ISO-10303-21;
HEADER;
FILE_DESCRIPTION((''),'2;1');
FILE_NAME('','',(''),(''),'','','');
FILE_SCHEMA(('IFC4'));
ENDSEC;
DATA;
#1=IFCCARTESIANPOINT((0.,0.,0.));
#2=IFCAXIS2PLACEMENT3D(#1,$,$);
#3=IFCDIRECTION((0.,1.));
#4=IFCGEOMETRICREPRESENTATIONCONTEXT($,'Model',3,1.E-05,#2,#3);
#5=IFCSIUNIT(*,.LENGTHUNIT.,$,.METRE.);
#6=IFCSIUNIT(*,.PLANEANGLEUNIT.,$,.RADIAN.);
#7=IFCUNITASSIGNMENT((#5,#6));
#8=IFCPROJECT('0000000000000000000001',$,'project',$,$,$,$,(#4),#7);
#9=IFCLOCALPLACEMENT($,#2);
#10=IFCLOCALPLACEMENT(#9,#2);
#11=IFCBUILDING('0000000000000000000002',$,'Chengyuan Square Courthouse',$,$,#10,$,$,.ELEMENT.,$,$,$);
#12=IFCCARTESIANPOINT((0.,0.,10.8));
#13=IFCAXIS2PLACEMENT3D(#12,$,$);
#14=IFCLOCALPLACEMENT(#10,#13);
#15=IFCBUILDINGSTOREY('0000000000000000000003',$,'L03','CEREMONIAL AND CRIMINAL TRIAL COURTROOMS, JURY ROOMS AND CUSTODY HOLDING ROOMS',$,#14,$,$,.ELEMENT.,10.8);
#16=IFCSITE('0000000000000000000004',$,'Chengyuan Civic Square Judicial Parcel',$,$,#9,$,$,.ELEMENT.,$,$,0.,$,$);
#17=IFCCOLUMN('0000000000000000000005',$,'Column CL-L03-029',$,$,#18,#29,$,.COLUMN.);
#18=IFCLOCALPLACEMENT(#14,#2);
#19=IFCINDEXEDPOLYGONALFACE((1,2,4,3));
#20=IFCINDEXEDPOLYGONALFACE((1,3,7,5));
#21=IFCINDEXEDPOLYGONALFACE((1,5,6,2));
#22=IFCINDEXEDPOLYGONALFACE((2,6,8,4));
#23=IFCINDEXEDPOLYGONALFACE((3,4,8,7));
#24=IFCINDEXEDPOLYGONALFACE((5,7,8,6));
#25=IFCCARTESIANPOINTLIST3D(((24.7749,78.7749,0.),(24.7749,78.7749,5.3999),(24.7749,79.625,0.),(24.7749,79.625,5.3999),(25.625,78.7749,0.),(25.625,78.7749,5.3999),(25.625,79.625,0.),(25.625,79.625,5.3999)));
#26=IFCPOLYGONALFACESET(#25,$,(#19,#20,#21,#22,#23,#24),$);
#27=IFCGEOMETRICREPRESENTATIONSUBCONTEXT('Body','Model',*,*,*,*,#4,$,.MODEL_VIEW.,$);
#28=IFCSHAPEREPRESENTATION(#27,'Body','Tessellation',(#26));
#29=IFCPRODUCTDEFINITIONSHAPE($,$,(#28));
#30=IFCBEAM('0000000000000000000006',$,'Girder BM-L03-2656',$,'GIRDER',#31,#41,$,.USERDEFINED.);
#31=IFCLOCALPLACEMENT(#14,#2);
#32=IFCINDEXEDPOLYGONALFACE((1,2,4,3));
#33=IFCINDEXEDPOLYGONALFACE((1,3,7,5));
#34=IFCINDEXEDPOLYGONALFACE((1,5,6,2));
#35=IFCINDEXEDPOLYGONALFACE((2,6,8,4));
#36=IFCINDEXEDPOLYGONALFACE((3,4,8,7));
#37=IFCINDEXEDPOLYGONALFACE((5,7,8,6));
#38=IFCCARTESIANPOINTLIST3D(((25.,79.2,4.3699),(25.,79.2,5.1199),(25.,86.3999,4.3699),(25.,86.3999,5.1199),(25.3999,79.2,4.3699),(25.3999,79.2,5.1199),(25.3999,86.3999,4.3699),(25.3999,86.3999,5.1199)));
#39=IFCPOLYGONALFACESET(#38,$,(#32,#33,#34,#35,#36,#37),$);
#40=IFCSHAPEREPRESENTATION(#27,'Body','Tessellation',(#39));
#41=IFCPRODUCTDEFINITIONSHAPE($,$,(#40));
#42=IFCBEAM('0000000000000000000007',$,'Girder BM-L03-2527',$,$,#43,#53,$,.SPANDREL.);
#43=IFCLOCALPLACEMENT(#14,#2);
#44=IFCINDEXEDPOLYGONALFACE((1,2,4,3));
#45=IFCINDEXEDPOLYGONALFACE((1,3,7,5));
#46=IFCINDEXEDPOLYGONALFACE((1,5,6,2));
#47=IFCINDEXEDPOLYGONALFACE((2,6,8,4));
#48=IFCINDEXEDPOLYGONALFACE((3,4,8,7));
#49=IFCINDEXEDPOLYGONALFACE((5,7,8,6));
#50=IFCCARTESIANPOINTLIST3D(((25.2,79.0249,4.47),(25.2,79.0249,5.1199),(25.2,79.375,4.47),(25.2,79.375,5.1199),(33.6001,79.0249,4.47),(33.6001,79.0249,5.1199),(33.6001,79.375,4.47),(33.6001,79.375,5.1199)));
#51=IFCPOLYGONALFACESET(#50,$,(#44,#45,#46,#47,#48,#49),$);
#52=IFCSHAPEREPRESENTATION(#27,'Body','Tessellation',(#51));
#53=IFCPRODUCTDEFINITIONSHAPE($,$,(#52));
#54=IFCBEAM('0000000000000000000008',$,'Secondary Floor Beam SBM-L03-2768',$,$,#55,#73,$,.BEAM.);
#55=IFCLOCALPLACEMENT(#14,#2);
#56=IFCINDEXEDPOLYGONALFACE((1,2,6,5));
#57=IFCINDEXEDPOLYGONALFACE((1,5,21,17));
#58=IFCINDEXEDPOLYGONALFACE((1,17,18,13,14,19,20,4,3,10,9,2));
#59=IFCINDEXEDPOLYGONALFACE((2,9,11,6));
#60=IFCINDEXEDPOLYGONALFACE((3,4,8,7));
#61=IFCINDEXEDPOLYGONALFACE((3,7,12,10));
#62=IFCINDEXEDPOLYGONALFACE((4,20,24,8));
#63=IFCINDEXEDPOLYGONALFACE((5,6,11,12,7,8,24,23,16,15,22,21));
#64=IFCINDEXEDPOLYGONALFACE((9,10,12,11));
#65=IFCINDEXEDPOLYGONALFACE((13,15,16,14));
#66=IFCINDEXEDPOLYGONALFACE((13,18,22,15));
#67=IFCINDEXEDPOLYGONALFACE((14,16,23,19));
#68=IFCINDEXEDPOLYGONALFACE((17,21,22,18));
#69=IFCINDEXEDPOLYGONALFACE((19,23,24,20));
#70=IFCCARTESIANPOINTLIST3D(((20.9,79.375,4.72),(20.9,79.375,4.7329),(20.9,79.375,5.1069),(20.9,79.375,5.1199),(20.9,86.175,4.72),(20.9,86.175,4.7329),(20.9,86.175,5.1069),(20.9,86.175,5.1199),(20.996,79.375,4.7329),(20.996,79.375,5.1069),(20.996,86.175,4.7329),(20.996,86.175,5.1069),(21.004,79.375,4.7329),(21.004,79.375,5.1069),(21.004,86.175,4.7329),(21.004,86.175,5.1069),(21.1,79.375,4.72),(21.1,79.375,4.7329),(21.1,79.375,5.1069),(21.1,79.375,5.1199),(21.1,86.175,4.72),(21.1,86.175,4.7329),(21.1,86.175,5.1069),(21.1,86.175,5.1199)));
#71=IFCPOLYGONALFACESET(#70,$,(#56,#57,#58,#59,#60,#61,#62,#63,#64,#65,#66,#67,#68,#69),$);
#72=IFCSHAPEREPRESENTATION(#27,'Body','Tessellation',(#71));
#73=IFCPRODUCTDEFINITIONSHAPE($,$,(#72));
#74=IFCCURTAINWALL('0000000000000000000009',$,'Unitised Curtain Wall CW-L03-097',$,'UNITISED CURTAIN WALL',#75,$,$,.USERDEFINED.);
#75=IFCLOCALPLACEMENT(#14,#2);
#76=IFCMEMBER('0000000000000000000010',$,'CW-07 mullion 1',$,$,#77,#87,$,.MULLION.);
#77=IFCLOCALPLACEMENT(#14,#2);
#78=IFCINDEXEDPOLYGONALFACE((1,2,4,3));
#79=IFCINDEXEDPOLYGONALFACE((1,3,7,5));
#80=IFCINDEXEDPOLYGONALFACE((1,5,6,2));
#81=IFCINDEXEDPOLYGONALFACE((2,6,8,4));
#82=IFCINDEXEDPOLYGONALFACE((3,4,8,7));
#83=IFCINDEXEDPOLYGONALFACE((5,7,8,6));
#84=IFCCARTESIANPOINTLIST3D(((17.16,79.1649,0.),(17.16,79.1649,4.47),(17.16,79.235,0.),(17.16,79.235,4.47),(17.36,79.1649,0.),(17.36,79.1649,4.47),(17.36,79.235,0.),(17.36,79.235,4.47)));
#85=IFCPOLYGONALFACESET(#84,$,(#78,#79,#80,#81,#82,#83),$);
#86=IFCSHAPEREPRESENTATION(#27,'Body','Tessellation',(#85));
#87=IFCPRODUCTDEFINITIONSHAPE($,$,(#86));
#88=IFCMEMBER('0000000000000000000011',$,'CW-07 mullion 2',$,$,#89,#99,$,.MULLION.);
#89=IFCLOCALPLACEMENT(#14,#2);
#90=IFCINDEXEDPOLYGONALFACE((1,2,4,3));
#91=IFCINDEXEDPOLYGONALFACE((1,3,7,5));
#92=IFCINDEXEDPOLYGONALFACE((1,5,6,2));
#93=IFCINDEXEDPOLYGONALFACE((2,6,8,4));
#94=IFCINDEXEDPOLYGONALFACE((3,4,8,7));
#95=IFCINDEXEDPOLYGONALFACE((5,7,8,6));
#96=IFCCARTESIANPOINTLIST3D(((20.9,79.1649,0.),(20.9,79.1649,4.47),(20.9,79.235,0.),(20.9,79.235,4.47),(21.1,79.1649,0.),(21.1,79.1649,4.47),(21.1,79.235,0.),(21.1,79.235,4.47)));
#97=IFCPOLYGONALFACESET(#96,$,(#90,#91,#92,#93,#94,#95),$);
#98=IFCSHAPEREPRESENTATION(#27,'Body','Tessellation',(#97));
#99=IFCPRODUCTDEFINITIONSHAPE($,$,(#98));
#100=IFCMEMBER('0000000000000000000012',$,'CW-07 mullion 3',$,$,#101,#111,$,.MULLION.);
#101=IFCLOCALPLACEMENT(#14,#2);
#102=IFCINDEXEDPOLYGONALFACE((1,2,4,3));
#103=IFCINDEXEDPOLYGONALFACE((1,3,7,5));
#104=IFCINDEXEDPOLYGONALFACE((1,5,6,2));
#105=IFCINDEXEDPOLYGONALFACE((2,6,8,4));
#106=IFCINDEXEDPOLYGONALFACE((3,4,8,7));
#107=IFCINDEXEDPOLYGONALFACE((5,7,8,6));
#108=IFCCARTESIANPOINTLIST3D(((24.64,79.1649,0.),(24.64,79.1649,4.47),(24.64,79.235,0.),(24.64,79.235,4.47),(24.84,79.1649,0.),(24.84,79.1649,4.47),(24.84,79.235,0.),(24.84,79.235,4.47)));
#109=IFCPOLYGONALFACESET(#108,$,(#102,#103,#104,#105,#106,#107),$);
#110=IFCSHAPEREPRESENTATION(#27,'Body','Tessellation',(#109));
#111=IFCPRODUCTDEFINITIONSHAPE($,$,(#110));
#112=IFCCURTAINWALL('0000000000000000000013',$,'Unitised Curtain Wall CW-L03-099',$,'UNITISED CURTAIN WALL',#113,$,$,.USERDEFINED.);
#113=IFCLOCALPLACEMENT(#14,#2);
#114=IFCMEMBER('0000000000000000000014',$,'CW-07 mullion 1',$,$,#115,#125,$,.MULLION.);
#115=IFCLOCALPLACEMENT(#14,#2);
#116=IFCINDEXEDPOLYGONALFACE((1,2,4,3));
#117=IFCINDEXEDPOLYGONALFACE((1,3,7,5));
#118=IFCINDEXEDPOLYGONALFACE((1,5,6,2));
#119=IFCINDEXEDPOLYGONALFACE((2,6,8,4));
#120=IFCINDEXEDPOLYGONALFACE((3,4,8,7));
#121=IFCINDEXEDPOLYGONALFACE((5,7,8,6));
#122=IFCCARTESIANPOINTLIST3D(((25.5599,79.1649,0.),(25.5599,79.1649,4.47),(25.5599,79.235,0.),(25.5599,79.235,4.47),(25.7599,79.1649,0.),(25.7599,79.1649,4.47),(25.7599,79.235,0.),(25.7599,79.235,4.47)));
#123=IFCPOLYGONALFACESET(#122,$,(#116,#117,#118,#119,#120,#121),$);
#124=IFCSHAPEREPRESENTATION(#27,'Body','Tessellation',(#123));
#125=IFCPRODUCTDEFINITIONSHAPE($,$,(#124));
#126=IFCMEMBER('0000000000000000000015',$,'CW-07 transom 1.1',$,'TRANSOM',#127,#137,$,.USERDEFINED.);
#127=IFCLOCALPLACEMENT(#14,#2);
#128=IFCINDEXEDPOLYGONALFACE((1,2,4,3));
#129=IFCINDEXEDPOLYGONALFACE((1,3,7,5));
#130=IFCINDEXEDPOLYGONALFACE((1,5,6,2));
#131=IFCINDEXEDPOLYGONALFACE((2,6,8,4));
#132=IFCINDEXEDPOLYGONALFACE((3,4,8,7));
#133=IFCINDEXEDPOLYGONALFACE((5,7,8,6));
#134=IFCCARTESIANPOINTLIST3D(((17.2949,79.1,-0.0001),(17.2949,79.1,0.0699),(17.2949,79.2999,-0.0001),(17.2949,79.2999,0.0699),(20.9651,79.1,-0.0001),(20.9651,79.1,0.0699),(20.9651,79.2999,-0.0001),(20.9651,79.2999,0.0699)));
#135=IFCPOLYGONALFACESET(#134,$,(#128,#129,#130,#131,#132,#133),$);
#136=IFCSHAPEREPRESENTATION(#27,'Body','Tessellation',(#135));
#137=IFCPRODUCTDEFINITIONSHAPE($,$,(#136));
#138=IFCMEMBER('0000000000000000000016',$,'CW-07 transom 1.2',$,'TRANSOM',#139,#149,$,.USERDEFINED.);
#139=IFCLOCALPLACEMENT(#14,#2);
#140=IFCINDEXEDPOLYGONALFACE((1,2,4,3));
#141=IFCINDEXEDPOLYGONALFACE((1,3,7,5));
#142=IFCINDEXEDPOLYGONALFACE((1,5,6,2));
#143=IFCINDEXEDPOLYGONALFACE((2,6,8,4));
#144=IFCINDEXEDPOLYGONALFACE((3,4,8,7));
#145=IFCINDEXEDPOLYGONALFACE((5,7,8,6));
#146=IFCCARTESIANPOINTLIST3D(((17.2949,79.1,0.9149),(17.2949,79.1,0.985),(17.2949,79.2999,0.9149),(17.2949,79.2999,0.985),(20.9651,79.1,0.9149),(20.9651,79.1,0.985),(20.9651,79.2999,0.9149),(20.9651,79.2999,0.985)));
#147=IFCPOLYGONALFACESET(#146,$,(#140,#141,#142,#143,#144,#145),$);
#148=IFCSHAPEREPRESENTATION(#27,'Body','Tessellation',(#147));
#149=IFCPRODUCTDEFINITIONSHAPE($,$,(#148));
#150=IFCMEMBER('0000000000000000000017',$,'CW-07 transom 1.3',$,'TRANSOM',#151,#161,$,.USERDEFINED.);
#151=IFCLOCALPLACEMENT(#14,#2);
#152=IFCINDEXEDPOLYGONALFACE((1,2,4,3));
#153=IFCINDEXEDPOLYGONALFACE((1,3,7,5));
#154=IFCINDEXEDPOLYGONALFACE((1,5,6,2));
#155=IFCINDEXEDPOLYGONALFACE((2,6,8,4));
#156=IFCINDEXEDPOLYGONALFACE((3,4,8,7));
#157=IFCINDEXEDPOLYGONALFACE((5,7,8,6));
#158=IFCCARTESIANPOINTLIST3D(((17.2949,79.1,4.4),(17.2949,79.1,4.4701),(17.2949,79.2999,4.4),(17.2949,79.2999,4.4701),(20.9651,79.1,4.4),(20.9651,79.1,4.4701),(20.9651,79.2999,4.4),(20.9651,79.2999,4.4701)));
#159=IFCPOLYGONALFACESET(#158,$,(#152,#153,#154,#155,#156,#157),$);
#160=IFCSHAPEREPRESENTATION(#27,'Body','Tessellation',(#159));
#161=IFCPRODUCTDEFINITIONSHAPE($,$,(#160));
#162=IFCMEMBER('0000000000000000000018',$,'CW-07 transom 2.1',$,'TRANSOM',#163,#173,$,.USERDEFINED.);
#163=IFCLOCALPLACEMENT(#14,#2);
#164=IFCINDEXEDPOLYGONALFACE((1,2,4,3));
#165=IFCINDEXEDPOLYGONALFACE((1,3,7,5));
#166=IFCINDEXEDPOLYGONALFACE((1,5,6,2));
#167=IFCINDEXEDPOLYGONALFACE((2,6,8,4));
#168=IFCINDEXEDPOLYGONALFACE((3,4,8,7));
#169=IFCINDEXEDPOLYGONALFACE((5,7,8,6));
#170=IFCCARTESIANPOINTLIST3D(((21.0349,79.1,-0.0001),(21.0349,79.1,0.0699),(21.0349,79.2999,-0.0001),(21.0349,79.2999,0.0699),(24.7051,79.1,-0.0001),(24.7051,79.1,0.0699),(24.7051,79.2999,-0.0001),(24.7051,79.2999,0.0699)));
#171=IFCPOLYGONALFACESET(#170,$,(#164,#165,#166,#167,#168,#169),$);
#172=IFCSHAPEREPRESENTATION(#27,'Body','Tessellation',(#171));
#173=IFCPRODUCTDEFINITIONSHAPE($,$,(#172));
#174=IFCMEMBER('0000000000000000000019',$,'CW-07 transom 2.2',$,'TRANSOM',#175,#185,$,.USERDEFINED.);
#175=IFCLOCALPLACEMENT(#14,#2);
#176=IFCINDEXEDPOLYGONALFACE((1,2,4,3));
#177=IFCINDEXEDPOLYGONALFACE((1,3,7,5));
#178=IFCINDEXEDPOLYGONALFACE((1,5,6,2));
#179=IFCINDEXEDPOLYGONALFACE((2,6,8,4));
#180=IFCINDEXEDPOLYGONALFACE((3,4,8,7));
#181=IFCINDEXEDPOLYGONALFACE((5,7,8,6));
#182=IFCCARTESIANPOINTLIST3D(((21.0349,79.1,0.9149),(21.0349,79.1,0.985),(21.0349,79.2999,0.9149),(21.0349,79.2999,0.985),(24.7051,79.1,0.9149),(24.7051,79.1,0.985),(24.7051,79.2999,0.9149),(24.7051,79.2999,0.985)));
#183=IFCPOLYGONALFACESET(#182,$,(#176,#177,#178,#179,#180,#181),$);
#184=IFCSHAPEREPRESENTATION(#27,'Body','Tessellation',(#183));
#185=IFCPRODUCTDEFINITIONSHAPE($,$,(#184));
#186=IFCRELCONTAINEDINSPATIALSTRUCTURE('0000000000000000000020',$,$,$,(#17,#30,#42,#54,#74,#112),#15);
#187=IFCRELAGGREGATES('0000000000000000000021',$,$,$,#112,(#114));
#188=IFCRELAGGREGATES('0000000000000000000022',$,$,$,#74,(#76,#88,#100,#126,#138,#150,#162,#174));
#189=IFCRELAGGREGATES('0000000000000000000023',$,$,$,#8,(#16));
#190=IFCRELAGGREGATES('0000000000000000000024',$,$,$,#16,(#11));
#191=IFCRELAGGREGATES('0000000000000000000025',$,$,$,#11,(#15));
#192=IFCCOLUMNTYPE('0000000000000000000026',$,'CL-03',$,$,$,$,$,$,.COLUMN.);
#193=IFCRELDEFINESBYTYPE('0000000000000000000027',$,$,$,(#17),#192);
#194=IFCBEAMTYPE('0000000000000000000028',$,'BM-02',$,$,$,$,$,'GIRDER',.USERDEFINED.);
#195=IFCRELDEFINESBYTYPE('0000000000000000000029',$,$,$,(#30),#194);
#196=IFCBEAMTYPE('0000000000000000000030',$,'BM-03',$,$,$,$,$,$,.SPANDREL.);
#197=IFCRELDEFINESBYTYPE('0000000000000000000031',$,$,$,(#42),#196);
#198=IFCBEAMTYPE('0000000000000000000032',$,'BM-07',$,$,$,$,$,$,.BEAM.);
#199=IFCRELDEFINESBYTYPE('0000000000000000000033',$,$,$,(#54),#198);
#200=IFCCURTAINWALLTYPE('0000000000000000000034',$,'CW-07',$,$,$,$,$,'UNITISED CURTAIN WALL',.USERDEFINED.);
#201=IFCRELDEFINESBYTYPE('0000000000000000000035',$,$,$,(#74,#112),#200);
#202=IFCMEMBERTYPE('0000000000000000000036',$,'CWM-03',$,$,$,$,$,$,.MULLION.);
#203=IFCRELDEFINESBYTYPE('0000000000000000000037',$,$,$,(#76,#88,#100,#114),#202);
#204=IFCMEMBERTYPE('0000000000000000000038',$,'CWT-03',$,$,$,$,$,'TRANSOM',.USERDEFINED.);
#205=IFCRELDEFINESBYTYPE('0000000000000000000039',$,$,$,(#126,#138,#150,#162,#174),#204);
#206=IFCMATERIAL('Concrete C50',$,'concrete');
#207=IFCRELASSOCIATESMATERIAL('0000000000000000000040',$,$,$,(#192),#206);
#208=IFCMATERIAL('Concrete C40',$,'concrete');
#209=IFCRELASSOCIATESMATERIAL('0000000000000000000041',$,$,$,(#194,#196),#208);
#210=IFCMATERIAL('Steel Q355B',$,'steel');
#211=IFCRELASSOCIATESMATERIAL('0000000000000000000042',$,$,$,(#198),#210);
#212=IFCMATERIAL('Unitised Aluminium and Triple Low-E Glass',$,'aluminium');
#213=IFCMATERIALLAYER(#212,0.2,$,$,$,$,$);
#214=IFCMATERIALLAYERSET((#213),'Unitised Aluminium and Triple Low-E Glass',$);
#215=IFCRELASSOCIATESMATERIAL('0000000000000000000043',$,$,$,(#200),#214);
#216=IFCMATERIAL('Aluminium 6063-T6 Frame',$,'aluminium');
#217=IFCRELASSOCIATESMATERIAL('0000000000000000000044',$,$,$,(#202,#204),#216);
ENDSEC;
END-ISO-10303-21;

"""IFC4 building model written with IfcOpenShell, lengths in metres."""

from ifc_helpers import new_model, si_unit, direction, frame, origin, origin_2d, place, context, subcontext, project, spatial, rectangle, i_section, extrude, material, layer, layer_set, material_profile, profile_set, type_object, element, aggregate, save


model = new_model("IFC4")

# Units and contexts
model_context = context("Model", 3, precision=1e-05, world=origin(), true_north=direction((0.0, 1.0)))
body_context = subcontext(model_context, "Body", "Model", "MODEL_VIEW")
ifc_project = project(units=[si_unit("LENGTHUNIT", "METRE"), si_unit("PLANEANGLEUNIT", "RADIAN")], contexts=[model_context])

# Site, building, storey
site_placement = place(None, origin())
site = spatial("IfcSite", under=ifc_project, at=site_placement, Name="Chengyuan Civic Square Judicial Parcel", CompositionType="ELEMENT", RefElevation=0.0)
building_placement = place(site_placement, origin())
building = spatial("IfcBuilding", under=site, at=building_placement, Name="Chengyuan Square Courthouse", CompositionType="ELEMENT")
storey_placement = place(building_placement, frame((0.0, 0.0, 10.8)))
storey = spatial("IfcBuildingStorey", under=building, at=storey_placement, Name="L03", Description="CEREMONIAL AND CRIMINAL TRIAL COURTROOMS, JURY ROOMS AND CUSTODY HOLDING ROOMS", CompositionType="ELEMENT", Elevation=10.8)

# Column
ifc_material_1 = material(Name="Concrete C50", Category="concrete")
ifc_material_profile_1 = material_profile(ifc_material_1, rectangle(XDim=0.8501, YDim=0.8501, at=origin_2d()), Name="RC-COL-850x850")
ifc_profile_set_1 = profile_set([ifc_material_profile_1], Name="Concrete C50")
column_type = type_object("IfcColumnType", Name="CL-03", PredefinedType="COLUMN", material=ifc_profile_set_1)
column_placement = place(storey_placement, frame((25.2, 79.2, 0.0), z_axis=(0.0, 0.0, 1.0), x_axis=(1.0, 0.0, 0.0)))
element("IfcColumn", 1, at=column_placement, inside=storey, type_object=column_type, Name="Column CL-L03-029", PredefinedType="COLUMN", context=body_context, shape_type="SweptSolid", body=[
    extrude(rectangle(XDim=0.8501, YDim=0.8501, at=origin_2d()), origin(), (0.0, 0.0, 1.0), 5.3999),
])

# Beams
ifc_material_2 = material(Name="Concrete C40", Category="concrete")
ifc_material_profile_2 = material_profile(ifc_material_2, rectangle(XDim=0.3999, YDim=0.75, at=origin_2d()), Name="RC-BM-400x750")
ifc_profile_set_2 = profile_set([ifc_material_profile_2], Name="Concrete C40")
beam_type_1 = type_object("IfcBeamType", Name="BM-02", ElementType="GIRDER", PredefinedType="USERDEFINED", material=ifc_profile_set_2)
beam_1_placement = place(storey_placement, frame((25.2, 79.2, 4.7449), z_axis=(0.0, 1.0, 0.0), x_axis=(-1.0, 0.0, 0.0)))
element("IfcBeam", 2, at=beam_1_placement, inside=storey, type_object=beam_type_1, Name="Girder BM-L03-2656", ObjectType="GIRDER", PredefinedType="USERDEFINED", context=body_context, shape_type="SweptSolid", body=[
    extrude(rectangle(XDim=0.3999, YDim=0.75, at=origin_2d()), origin(), (0.0, 0.0, 1.0), 7.2),
])
ifc_material_profile_3 = material_profile(ifc_material_2, rectangle(XDim=0.3501, YDim=0.6499, at=origin_2d()), Name="RC-BM-350x650")
ifc_profile_set_3 = profile_set([ifc_material_profile_3], Name="Concrete C40")
beam_type_2 = type_object("IfcBeamType", Name="BM-03", PredefinedType="SPANDREL", material=ifc_profile_set_3)
beam_2_placement = place(storey_placement, frame((25.2, 79.2, 4.7949), z_axis=(1.0, 0.0, 0.0), x_axis=(0.0, 1.0, 0.0)))
element("IfcBeam", 3, at=beam_2_placement, inside=storey, type_object=beam_type_2, Name="Girder BM-L03-2527", PredefinedType="SPANDREL", context=body_context, shape_type="SweptSolid", body=[
    extrude(rectangle(XDim=0.3501, YDim=0.6499, at=origin_2d()), origin(), (0.0, 0.0, 1.0), 8.4001),
])
ifc_material_3 = material(Name="Steel Q355B", Category="steel")
ifc_material_profile_4 = material_profile(ifc_material_3, i_section(OverallWidth=0.2, OverallDepth=0.3999, WebThickness=0.0081, FlangeThickness=0.0129, at=origin_2d()), Name="HN 400x200x8x13")
ifc_profile_set_4 = profile_set([ifc_material_profile_4], Name="Steel Q355B")
beam_type_3 = type_object("IfcBeamType", Name="BM-07", PredefinedType="BEAM", material=ifc_profile_set_4)
beam_3_placement = place(storey_placement, frame((21.0, 79.375, 4.9199), z_axis=(0.0, 1.0, 0.0), x_axis=(-1.0, 0.0, 0.0)))
element("IfcBeam", 4, at=beam_3_placement, inside=storey, type_object=beam_type_3, Name="Secondary Floor Beam SBM-L03-2768", PredefinedType="BEAM", context=body_context, shape_type="SweptSolid", body=[
    extrude(i_section(OverallWidth=0.2, OverallDepth=0.3999, WebThickness=0.0081, FlangeThickness=0.0129, at=origin_2d()), origin(), (0.0, 0.0, 1.0), 6.8),
])

# Curtain wall, members
ifc_material_4 = material(Name="Unitised Aluminium and Triple Low-E Glass", Category="aluminium")
ifc_layer_1 = layer(ifc_material_4, 0.2)
ifc_layer_set_1 = layer_set([ifc_layer_1], Name="Unitised Aluminium and Triple Low-E Glass")
curtain_wall_type = type_object("IfcCurtainWallType", Name="CW-07", ElementType="UNITISED CURTAIN WALL", PredefinedType="USERDEFINED", material=ifc_layer_set_1)
curtain_wall_1_placement = place(storey_placement, origin())
curtain_wall_1 = element("IfcCurtainWall", 5, at=curtain_wall_1_placement, inside=storey, type_object=curtain_wall_type, Name="Unitised Curtain Wall CW-L03-097", ObjectType="UNITISED CURTAIN WALL", PredefinedType="USERDEFINED")
ifc_material_5 = material(Name="Aluminium 6063-T6 Frame", Category="aluminium")
ifc_material_profile_5 = material_profile(ifc_material_5, rectangle(XDim=0.0701, YDim=0.2, at=origin_2d()), Name="CW-MUL-70x200")
ifc_profile_set_5 = profile_set([ifc_material_profile_5], Name="Aluminium 6063-T6 Frame")
member_type_1 = type_object("IfcMemberType", Name="CWM-03", PredefinedType="MULLION", material=ifc_profile_set_5)
member_1_placement = place(storey_placement, frame((17.26, 79.2, 0.0), z_axis=(0.0, 0.0, 1.0), x_axis=(0.0, 1.0, 0.0)))
member_1 = element("IfcMember", 6, at=member_1_placement, type_object=member_type_1, Name="CW-07 mullion 1", PredefinedType="MULLION", context=body_context, shape_type="SweptSolid", body=[
    extrude(rectangle(XDim=0.0701, YDim=0.2, at=origin_2d()), origin(), (0.0, 0.0, 1.0), 4.47),
])
member_2_placement = place(storey_placement, frame((21.0, 79.2, 0.0), z_axis=(0.0, 0.0, 1.0), x_axis=(0.0, 1.0, 0.0)))
member_2 = element("IfcMember", 7, at=member_2_placement, type_object=member_type_1, Name="CW-07 mullion 2", PredefinedType="MULLION", context=body_context, shape_type="SweptSolid", body=[
    extrude(rectangle(XDim=0.0701, YDim=0.2, at=origin_2d()), origin(), (0.0, 0.0, 1.0), 4.47),
])
member_3_placement = place(storey_placement, frame((24.74, 79.2, 0.0), z_axis=(0.0, 0.0, 1.0), x_axis=(0.0, 1.0, 0.0)))
member_3 = element("IfcMember", 8, at=member_3_placement, type_object=member_type_1, Name="CW-07 mullion 3", PredefinedType="MULLION", context=body_context, shape_type="SweptSolid", body=[
    extrude(rectangle(XDim=0.0701, YDim=0.2, at=origin_2d()), origin(), (0.0, 0.0, 1.0), 4.47),
])

# Curtain wall, member
curtain_wall_2_placement = place(storey_placement, origin())
curtain_wall_2 = element("IfcCurtainWall", 9, at=curtain_wall_2_placement, inside=storey, type_object=curtain_wall_type, Name="Unitised Curtain Wall CW-L03-099", ObjectType="UNITISED CURTAIN WALL", PredefinedType="USERDEFINED")
member_4_placement = place(storey_placement, frame((25.6599, 79.2, 0.0), z_axis=(0.0, 0.0, 1.0), x_axis=(0.0, 1.0, 0.0)))
member_4 = element("IfcMember", 10, at=member_4_placement, type_object=member_type_1, Name="CW-07 mullion 1", PredefinedType="MULLION", context=body_context, shape_type="SweptSolid", body=[
    extrude(rectangle(XDim=0.0701, YDim=0.2, at=origin_2d()), origin(), (0.0, 0.0, 1.0), 4.47),
])
aggregate(curtain_wall_2, [member_4])

# Members
ifc_material_profile_6 = material_profile(ifc_material_5, rectangle(XDim=0.2, YDim=0.0701, at=origin_2d()), Name="CW-TRN-70x160")
ifc_profile_set_6 = profile_set([ifc_material_profile_6], Name="Aluminium 6063-T6 Frame")
member_type_2 = type_object("IfcMemberType", Name="CWT-03", ElementType="TRANSOM", PredefinedType="USERDEFINED", material=ifc_profile_set_6)
member_5_placement = place(storey_placement, frame((17.2949, 79.2, 0.0349), z_axis=(1.0, 0.0, 0.0), x_axis=(0.0, 1.0, 0.0)))
member_5 = element("IfcMember", 11, at=member_5_placement, type_object=member_type_2, Name="CW-07 transom 1.1", ObjectType="TRANSOM", PredefinedType="USERDEFINED", context=body_context, shape_type="SweptSolid", body=[
    extrude(rectangle(XDim=0.2, YDim=0.0701, at=origin_2d()), origin(), (0.0, 0.0, 1.0), 3.6702),
])
member_6_placement = place(storey_placement, frame((17.2949, 79.2, 0.95), z_axis=(1.0, 0.0, 0.0), x_axis=(0.0, 1.0, 0.0)))
member_6 = element("IfcMember", 12, at=member_6_placement, type_object=member_type_2, Name="CW-07 transom 1.2", ObjectType="TRANSOM", PredefinedType="USERDEFINED", context=body_context, shape_type="SweptSolid", body=[
    extrude(rectangle(XDim=0.2, YDim=0.0701, at=origin_2d()), origin(), (0.0, 0.0, 1.0), 3.6702),
])
member_7_placement = place(storey_placement, frame((17.2949, 79.2, 4.4351), z_axis=(1.0, 0.0, 0.0), x_axis=(0.0, 1.0, 0.0)))
member_7 = element("IfcMember", 13, at=member_7_placement, type_object=member_type_2, Name="CW-07 transom 1.3", ObjectType="TRANSOM", PredefinedType="USERDEFINED", context=body_context, shape_type="SweptSolid", body=[
    extrude(rectangle(XDim=0.2, YDim=0.0701, at=origin_2d()), origin(), (0.0, 0.0, 1.0), 3.6702),
])
member_8_placement = place(storey_placement, frame((21.0349, 79.2, 0.0349), z_axis=(1.0, 0.0, 0.0), x_axis=(0.0, 1.0, 0.0)))
member_8 = element("IfcMember", 14, at=member_8_placement, type_object=member_type_2, Name="CW-07 transom 2.1", ObjectType="TRANSOM", PredefinedType="USERDEFINED", context=body_context, shape_type="SweptSolid", body=[
    extrude(rectangle(XDim=0.2, YDim=0.0701, at=origin_2d()), origin(), (0.0, 0.0, 1.0), 3.6702),
])
member_9_placement = place(storey_placement, frame((21.0349, 79.2, 0.95), z_axis=(1.0, 0.0, 0.0), x_axis=(0.0, 1.0, 0.0)))
member_9 = element("IfcMember", 15, at=member_9_placement, type_object=member_type_2, Name="CW-07 transom 2.2", ObjectType="TRANSOM", PredefinedType="USERDEFINED", context=body_context, shape_type="SweptSolid", body=[
    extrude(rectangle(XDim=0.2, YDim=0.0701, at=origin_2d()), origin(), (0.0, 0.0, 1.0), 3.6702),
])

aggregate(curtain_wall_1, [member_1, member_2, member_3, member_5, member_6, member_7, member_8, member_9])

save(model, "model.ifc")
